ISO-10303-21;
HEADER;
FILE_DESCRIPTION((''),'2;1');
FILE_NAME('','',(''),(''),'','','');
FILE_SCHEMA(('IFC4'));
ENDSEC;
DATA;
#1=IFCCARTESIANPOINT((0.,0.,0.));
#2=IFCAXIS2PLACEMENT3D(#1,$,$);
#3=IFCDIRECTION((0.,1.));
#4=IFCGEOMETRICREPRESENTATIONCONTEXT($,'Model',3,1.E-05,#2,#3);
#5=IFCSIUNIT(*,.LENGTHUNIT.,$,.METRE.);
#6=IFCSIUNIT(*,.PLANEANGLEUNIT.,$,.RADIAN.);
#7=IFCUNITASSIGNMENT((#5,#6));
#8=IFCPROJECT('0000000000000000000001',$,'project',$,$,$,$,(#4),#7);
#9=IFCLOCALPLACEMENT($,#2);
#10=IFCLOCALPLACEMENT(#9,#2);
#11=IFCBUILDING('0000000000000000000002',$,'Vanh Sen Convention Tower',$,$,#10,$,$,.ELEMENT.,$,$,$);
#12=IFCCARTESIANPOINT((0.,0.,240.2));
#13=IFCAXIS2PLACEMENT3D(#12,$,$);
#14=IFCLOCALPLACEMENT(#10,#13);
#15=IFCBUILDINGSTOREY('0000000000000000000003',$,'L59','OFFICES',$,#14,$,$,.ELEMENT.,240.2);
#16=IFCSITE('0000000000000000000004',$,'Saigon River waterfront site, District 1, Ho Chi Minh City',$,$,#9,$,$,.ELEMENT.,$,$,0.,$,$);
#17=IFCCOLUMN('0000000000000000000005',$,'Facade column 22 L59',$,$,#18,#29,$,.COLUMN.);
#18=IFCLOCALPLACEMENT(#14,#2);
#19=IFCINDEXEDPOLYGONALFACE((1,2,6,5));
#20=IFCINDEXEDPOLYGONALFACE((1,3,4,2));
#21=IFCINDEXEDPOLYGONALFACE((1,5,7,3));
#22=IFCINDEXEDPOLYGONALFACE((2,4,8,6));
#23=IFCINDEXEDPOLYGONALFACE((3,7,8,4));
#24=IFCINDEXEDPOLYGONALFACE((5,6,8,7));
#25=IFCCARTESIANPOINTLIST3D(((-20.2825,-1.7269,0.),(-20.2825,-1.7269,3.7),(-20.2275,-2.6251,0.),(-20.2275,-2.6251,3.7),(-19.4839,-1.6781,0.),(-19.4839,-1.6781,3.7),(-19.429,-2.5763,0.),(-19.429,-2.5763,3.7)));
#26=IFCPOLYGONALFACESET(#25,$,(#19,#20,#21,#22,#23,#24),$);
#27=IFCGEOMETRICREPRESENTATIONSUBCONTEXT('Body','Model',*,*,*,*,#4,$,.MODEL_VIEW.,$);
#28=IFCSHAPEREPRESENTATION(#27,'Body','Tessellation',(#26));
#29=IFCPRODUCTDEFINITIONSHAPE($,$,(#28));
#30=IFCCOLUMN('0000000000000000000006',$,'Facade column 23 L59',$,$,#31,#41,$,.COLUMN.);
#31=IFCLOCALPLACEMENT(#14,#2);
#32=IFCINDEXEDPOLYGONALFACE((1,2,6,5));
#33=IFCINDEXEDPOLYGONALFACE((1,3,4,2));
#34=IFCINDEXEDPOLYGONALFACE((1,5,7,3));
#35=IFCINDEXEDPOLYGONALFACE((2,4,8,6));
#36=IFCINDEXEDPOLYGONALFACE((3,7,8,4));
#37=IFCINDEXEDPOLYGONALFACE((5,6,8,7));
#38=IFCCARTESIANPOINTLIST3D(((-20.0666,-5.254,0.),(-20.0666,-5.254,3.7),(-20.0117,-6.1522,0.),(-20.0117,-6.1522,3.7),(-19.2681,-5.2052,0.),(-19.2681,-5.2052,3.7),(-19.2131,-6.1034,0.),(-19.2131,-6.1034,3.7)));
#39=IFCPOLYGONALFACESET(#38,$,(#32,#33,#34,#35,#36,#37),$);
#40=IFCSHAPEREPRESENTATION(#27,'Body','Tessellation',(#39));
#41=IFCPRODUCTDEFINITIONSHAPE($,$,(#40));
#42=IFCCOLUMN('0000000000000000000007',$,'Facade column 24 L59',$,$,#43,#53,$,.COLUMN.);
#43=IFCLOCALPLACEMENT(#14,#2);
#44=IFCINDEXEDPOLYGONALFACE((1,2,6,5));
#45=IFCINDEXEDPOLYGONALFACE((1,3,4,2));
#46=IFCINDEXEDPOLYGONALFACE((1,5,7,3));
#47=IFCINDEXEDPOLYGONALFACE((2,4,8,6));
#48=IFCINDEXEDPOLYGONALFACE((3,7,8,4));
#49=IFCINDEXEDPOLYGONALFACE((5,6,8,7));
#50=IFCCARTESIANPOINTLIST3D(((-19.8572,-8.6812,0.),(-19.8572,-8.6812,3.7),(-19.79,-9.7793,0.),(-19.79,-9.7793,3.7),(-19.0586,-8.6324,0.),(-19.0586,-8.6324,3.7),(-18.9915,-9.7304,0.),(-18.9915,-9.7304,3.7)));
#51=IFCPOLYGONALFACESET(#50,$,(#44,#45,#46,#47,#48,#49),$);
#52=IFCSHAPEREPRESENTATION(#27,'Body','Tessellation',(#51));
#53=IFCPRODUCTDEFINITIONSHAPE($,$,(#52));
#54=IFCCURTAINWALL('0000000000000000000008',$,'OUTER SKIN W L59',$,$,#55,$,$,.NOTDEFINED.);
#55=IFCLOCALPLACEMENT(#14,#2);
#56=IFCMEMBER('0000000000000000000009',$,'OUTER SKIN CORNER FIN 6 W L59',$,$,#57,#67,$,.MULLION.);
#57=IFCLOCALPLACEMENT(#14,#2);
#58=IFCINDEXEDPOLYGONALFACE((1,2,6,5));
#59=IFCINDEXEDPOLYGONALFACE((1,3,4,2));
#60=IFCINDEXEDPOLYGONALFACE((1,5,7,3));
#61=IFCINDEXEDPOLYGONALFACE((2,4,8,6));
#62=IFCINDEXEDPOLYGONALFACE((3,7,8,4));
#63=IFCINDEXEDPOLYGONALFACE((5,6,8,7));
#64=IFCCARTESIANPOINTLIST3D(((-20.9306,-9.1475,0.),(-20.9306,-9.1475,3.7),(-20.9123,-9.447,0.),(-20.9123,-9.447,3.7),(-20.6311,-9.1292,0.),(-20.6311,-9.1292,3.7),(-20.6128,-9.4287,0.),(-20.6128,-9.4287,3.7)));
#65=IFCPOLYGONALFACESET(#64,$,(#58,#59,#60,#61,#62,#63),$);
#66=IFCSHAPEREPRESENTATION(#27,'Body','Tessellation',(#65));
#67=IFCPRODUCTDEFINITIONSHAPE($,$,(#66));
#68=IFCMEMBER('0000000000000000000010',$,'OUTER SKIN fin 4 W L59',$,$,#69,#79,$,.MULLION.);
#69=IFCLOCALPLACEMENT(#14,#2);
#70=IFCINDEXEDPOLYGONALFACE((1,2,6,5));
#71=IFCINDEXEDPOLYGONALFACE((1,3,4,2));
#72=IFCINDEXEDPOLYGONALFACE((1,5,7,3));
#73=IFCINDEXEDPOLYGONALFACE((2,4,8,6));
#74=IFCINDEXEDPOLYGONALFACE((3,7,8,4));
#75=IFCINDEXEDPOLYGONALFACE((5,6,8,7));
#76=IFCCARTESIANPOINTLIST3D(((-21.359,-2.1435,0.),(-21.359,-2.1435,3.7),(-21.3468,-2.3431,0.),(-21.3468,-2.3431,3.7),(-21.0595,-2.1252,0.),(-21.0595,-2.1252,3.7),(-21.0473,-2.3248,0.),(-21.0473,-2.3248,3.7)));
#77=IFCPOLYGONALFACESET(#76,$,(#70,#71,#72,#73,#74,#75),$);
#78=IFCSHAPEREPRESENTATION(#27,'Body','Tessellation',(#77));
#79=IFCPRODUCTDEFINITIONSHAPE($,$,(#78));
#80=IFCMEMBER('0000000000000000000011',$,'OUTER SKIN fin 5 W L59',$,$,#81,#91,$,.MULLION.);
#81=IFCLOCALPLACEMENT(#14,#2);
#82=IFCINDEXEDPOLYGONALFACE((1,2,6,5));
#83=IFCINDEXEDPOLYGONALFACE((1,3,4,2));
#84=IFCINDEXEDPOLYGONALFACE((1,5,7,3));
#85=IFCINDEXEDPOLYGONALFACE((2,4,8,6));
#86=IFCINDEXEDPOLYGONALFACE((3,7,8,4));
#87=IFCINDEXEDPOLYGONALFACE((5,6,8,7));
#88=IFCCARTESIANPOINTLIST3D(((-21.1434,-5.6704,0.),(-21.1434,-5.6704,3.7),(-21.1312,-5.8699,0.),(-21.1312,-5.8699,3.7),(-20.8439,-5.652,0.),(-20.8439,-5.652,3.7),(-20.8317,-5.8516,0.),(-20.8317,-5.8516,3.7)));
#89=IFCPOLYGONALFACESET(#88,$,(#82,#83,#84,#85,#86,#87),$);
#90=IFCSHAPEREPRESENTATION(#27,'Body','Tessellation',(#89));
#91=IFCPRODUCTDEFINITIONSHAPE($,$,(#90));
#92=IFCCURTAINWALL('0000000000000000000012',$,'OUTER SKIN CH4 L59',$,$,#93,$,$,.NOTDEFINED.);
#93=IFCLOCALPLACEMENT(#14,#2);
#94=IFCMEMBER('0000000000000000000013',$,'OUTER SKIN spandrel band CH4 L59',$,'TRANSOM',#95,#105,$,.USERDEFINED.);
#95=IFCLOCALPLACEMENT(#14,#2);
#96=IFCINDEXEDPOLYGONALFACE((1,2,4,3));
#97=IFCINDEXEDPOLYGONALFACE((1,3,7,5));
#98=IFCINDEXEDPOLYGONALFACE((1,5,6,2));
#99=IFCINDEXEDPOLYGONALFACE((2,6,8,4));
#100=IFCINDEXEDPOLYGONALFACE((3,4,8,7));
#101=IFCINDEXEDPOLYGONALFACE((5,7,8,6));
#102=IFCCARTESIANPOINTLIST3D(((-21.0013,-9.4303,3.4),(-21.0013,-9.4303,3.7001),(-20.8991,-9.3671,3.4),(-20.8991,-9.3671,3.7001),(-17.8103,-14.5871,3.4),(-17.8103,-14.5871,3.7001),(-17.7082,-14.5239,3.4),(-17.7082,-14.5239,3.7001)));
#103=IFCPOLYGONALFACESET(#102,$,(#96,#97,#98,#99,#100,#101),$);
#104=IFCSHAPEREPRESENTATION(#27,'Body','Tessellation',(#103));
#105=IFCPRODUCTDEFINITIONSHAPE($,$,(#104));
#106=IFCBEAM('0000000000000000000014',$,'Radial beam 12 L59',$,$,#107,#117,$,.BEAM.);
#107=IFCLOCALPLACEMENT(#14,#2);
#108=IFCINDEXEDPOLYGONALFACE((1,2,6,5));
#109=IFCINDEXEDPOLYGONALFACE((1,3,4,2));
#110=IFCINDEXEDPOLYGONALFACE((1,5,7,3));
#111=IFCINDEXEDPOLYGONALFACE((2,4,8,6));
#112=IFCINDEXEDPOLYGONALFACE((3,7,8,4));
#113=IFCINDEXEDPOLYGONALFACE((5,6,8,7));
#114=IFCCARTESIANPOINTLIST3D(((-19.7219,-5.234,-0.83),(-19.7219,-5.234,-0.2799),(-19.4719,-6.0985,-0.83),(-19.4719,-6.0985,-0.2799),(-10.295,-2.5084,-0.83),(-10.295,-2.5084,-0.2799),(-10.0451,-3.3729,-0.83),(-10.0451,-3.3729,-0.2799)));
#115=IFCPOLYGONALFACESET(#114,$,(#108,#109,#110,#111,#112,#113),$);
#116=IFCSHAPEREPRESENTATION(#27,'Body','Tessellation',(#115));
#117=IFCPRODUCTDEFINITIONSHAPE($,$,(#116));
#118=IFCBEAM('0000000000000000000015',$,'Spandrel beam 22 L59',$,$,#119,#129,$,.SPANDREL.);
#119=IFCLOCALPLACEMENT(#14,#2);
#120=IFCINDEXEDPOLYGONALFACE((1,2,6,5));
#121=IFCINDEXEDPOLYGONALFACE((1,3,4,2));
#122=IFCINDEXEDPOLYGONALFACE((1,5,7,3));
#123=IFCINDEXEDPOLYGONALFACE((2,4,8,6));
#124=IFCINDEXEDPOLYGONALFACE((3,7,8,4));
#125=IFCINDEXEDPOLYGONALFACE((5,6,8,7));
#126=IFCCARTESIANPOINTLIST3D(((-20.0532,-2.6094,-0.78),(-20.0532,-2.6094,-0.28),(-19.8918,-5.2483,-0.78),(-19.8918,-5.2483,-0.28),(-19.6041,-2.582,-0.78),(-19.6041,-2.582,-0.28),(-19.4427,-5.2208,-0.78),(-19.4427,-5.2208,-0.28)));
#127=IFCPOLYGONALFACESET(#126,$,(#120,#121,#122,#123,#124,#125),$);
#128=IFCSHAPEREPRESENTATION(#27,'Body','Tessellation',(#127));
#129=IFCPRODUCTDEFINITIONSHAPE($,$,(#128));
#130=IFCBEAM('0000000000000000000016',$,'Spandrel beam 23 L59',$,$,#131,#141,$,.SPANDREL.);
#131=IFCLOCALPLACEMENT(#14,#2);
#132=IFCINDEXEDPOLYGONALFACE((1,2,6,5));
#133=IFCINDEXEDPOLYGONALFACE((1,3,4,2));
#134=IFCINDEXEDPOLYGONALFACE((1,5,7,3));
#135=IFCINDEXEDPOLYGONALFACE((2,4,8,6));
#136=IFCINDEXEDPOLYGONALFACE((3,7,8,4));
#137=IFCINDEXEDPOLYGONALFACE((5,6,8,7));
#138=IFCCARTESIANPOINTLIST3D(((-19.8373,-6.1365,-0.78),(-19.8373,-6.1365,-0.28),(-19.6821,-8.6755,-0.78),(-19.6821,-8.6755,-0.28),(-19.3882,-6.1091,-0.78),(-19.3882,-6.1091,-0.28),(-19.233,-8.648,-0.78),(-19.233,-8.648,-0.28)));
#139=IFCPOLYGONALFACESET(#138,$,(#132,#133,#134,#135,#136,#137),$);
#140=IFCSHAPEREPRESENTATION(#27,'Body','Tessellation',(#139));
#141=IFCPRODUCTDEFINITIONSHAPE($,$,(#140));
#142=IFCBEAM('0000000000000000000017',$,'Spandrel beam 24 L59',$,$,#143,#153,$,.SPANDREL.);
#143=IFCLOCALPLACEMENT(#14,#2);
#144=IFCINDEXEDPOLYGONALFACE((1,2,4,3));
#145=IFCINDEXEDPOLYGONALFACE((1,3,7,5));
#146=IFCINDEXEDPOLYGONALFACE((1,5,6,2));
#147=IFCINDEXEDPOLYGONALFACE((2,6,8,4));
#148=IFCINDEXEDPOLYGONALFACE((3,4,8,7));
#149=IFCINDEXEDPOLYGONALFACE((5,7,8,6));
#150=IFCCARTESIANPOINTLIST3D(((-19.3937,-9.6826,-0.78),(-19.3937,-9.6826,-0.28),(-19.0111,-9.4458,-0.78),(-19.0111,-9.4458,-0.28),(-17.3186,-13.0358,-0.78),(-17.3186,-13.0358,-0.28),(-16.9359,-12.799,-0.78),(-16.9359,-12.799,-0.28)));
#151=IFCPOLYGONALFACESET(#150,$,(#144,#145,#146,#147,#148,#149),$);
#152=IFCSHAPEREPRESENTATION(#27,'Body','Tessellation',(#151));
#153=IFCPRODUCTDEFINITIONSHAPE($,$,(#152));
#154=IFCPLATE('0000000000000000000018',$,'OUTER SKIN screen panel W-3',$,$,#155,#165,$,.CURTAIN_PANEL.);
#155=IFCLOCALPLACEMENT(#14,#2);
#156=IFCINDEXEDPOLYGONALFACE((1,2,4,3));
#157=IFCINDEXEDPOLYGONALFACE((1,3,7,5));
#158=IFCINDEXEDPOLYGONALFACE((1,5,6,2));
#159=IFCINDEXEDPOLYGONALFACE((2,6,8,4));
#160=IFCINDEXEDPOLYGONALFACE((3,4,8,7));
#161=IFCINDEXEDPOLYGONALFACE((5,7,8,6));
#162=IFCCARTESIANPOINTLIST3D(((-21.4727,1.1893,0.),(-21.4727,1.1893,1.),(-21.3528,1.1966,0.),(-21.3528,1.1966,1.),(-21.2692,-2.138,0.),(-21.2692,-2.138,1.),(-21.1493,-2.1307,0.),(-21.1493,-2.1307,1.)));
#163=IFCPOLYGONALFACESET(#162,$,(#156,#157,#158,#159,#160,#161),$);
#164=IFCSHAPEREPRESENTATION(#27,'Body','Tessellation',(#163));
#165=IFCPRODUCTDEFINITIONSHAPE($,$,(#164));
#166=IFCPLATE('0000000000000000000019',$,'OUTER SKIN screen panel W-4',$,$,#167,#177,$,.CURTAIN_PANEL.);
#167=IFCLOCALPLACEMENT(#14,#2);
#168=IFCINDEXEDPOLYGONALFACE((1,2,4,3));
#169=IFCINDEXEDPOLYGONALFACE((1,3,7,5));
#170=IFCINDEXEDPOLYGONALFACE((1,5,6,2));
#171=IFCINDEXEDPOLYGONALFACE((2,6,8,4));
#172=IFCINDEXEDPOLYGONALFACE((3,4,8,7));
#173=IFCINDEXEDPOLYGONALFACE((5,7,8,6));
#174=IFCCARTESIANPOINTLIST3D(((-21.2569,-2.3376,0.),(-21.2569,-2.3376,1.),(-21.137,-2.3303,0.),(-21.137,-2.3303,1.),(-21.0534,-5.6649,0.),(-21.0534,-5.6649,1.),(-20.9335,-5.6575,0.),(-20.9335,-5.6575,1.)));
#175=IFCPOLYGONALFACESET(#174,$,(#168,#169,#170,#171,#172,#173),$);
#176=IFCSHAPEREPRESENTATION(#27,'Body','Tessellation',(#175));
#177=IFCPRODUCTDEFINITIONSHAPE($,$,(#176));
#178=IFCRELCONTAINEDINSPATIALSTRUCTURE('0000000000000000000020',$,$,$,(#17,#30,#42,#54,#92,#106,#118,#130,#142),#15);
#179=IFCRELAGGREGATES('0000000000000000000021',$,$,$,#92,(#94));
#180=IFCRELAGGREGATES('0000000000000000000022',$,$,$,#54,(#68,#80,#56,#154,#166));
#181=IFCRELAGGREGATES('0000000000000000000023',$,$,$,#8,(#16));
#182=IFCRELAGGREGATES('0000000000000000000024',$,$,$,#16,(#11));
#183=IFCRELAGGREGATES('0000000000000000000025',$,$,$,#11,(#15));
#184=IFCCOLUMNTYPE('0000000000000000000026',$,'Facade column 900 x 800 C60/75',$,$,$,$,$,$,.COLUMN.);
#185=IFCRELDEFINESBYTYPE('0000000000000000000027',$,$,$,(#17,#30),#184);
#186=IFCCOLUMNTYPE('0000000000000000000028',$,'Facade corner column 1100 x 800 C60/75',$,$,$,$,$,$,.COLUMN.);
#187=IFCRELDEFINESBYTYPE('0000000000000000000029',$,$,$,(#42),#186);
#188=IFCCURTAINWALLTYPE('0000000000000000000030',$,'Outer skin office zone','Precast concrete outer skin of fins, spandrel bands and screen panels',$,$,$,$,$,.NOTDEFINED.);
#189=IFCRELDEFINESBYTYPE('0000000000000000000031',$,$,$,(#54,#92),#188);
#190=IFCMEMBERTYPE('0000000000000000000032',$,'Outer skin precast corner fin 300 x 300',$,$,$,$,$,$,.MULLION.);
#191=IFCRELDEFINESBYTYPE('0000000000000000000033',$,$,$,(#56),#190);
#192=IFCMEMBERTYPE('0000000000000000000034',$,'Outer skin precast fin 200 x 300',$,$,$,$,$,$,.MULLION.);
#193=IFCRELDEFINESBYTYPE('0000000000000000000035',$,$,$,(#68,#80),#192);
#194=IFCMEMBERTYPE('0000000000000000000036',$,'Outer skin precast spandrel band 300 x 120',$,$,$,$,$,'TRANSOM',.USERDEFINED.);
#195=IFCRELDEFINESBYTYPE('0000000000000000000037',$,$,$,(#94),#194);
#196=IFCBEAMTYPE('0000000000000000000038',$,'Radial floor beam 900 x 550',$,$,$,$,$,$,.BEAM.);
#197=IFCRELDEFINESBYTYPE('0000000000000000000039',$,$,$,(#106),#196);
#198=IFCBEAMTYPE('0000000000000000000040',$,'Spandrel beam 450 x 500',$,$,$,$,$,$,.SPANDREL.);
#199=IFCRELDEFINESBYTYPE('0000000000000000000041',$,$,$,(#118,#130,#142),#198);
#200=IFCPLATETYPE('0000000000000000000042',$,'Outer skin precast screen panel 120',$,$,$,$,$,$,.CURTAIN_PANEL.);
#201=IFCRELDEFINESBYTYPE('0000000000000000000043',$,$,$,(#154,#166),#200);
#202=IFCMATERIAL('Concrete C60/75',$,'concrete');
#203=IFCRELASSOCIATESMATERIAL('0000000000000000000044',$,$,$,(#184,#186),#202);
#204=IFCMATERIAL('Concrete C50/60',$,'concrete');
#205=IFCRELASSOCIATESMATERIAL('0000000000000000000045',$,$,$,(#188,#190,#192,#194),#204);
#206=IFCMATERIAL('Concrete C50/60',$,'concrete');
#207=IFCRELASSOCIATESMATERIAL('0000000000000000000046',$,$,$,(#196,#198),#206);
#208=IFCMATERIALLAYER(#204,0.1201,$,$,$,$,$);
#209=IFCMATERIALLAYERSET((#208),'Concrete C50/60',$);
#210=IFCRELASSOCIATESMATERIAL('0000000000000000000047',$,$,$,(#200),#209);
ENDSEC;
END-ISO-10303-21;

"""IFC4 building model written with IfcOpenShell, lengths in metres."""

from ifc_helpers import new_model, si_unit, direction, frame, origin, origin_2d, place, context, subcontext, project, spatial, rectangle, extrude, material, layer, layer_set, material_profile, profile_set, type_object, element, aggregate, save


model = new_model("IFC4")

# Units and contexts
model_context = context("Model", 3, precision=1e-05, world=origin(), true_north=direction((0.0, 1.0)))
body_context = subcontext(model_context, "Body", "Model", "MODEL_VIEW")
ifc_project = project(units=[si_unit("LENGTHUNIT", "METRE"), si_unit("PLANEANGLEUNIT", "RADIAN")], contexts=[model_context])

# Site, building, storey
site_placement = place(None, origin())
site = spatial("IfcSite", under=ifc_project, at=site_placement, Name="Saigon River waterfront site, District 1, Ho Chi Minh City", CompositionType="ELEMENT", RefElevation=0.0)
building_placement = place(site_placement, origin())
building = spatial("IfcBuilding", under=site, at=building_placement, Name="Vanh Sen Convention Tower", CompositionType="ELEMENT")
storey_placement = place(building_placement, frame((0.0, 0.0, 240.2)))
storey = spatial("IfcBuildingStorey", under=building, at=storey_placement, Name="L59", Description="OFFICES", CompositionType="ELEMENT", Elevation=240.2)

# Columns
ifc_material_1 = material(Name="Concrete C60/75", Category="concrete")
ifc_material_profile_1 = material_profile(ifc_material_1, rectangle(XDim=0.8999, YDim=0.8, at=origin_2d()), Name="RC 900X800")
ifc_profile_set_1 = profile_set([ifc_material_profile_1], Name="Concrete C60/75")
column_type_1 = type_object("IfcColumnType", Name="Facade column 900 x 800 C60/75", PredefinedType="COLUMN", material=ifc_profile_set_1)
for number, where, z_axis, x_axis, name in (
    (1, (-19.8557, -2.1516, 0.0), (0.0, 0.0, 1.0), (0.061049, -0.998135, 0.0), "Facade column 22 L59"),
    (2, (-19.6399, -5.6787, 0.0), (0.0, 0.0, 1.0), (0.061049, -0.998135, 0.0), "Facade column 23 L59"),
):
    element("IfcColumn", number, at=place(storey_placement, frame(where, z_axis=z_axis, x_axis=x_axis)), inside=storey, type_object=column_type_1, Name=name, PredefinedType="COLUMN", context=body_context, shape_type="SweptSolid", body=[
        extrude(rectangle(XDim=0.8999, YDim=0.8, at=origin_2d()), origin(), (0.0, 0.0, 1.0), 3.7),
    ])
ifc_material_profile_2 = material_profile(ifc_material_1, rectangle(XDim=1.1001, YDim=0.8, at=origin_2d()), Name="RC 1100X800")
ifc_profile_set_2 = profile_set([ifc_material_profile_2], Name="Concrete C60/75")
column_type_2 = type_object("IfcColumnType", Name="Facade corner column 1100 x 800 C60/75", PredefinedType="COLUMN", material=ifc_profile_set_2)
column_placement = place(storey_placement, frame((-19.4243, -9.2058, 0.0), z_axis=(0.0, 0.0, 1.0), x_axis=(0.061049, -0.998135, 0.0)))
element("IfcColumn", 3, at=column_placement, inside=storey, type_object=column_type_2, Name="Facade column 24 L59", PredefinedType="COLUMN", context=body_context, shape_type="SweptSolid", body=[
    extrude(rectangle(XDim=1.1001, YDim=0.8, at=origin_2d()), origin(), (0.0, 0.0, 1.0), 3.7),
])

# Curtain wall, members
ifc_material_2 = material(Name="Concrete C50/60", Category="concrete")
curtain_wall_type = type_object("IfcCurtainWallType", Name="Outer skin office zone", Description="Precast concrete outer skin of fins, spandrel bands and screen panels", PredefinedType="NOTDEFINED", material=ifc_material_2)
curtain_wall_1_placement = place(storey_placement, origin())
curtain_wall_1 = element("IfcCurtainWall", 4, at=curtain_wall_1_placement, inside=storey, type_object=curtain_wall_type, Name="OUTER SKIN W L59", PredefinedType="NOTDEFINED")
ifc_material_profile_3 = material_profile(ifc_material_2, rectangle(XDim=0.3, YDim=0.3, at=origin_2d()), Name="Outer skin precast corner fin 300 x 300")
ifc_profile_set_3 = profile_set([ifc_material_profile_3], Name="Concrete C50/60")
member_type_1 = type_object("IfcMemberType", Name="Outer skin precast corner fin 300 x 300", PredefinedType="MULLION", material=ifc_profile_set_3)
member_1_placement = place(storey_placement, frame((-20.7717, -9.2881, 0.0), z_axis=(0.0, 0.0, 1.0), x_axis=(0.061049, -0.998135, 0.0)))
member_1 = element("IfcMember", 5, at=member_1_placement, type_object=member_type_1, Name="OUTER SKIN CORNER FIN 6 W L59", PredefinedType="MULLION", context=body_context, shape_type="SweptSolid", body=[
    extrude(rectangle(XDim=0.3, YDim=0.3, at=origin_2d()), origin(), (0.0, 0.0, 1.0), 3.7),
])
ifc_material_profile_4 = material_profile(ifc_material_2, rectangle(XDim=0.2, YDim=0.3, at=origin_2d()), Name="Outer skin precast fin 200 x 300")
ifc_profile_set_4 = profile_set([ifc_material_profile_4], Name="Concrete C50/60")
member_type_2 = type_object("IfcMemberType", Name="Outer skin precast fin 200 x 300", PredefinedType="MULLION", material=ifc_profile_set_4)
member_2_placement = place(storey_placement, frame((-21.2031, -2.2341, 0.0), z_axis=(0.0, 0.0, 1.0), x_axis=(0.061049, -0.998135, 0.0)))
member_2 = element("IfcMember", 6, at=member_2_placement, type_object=member_type_2, Name="OUTER SKIN fin 4 W L59", PredefinedType="MULLION", context=body_context, shape_type="SweptSolid", body=[
    extrude(rectangle(XDim=0.2, YDim=0.3, at=origin_2d()), origin(), (0.0, 0.0, 1.0), 3.7),
])
member_3_placement = place(storey_placement, frame((-20.9875, -5.761, 0.0), z_axis=(0.0, 0.0, 1.0), x_axis=(0.061049, -0.998135, 0.0)))
member_3 = element("IfcMember", 7, at=member_3_placement, type_object=member_type_2, Name="OUTER SKIN fin 5 W L59", PredefinedType="MULLION", context=body_context, shape_type="SweptSolid", body=[
    extrude(rectangle(XDim=0.2, YDim=0.3, at=origin_2d()), origin(), (0.0, 0.0, 1.0), 3.7),
])

# Curtain wall, member
curtain_wall_2_placement = place(storey_placement, origin())
curtain_wall_2 = element("IfcCurtainWall", 8, at=curtain_wall_2_placement, inside=storey, type_object=curtain_wall_type, Name="OUTER SKIN CH4 L59", PredefinedType="NOTDEFINED")
ifc_material_profile_5 = material_profile(ifc_material_2, rectangle(XDim=0.1201, YDim=0.3, at=origin_2d()), Name="Outer skin precast spandrel band 300 x 120")
ifc_profile_set_5 = profile_set([ifc_material_profile_5], Name="Concrete C50/60")
member_type_3 = type_object("IfcMemberType", Name="Outer skin precast spandrel band 300 x 120", ElementType="TRANSOM", PredefinedType="USERDEFINED", material=ifc_profile_set_5)
member_4_placement = place(storey_placement, frame((-20.9502, -9.3987, 3.55), z_axis=(0.526194, -0.850365, 0.0), x_axis=(0.850365, 0.526194, 0.0)))
member_4 = element("IfcMember", 9, at=member_4_placement, type_object=member_type_3, Name="OUTER SKIN spandrel band CH4 L59", ObjectType="TRANSOM", PredefinedType="USERDEFINED", context=body_context, shape_type="SweptSolid", body=[
    extrude(rectangle(XDim=0.1201, YDim=0.3, at=origin_2d()), origin(), (0.0, 0.0, 1.0), 6.0642),
])
aggregate(curtain_wall_2, [member_4])

# Beams
ifc_material_3 = material(Name="Concrete C50/60", Category="concrete")
ifc_material_profile_6 = material_profile(ifc_material_3, rectangle(XDim=0.8999, YDim=0.55, at=origin_2d()), Name="RC 900X550")
ifc_profile_set_6 = profile_set([ifc_material_profile_6], Name="Concrete C50/60")
beam_type_1 = type_object("IfcBeamType", Name="Radial floor beam 900 x 550", PredefinedType="BEAM", material=ifc_profile_set_6)
beam_1_placement = place(storey_placement, frame((-19.5969, -5.6663, -0.5549), z_axis=(0.960652, 0.277756, 0.0), x_axis=(-0.277756, 0.960652, 0.0)))
element("IfcBeam", 10, at=beam_1_placement, inside=storey, type_object=beam_type_1, Name="Radial beam 12 L59", PredefinedType="BEAM", context=body_context, shape_type="SweptSolid", body=[
    extrude(rectangle(XDim=0.8999, YDim=0.55, at=origin_2d()), origin(), (0.0, 0.0, 1.0), 9.813),
])
ifc_material_profile_7 = material_profile(ifc_material_3, rectangle(XDim=0.45, YDim=0.5, at=origin_2d()), Name="RC 450X500")
ifc_profile_set_7 = profile_set([ifc_material_profile_7], Name="Concrete C50/60")
beam_type_2 = type_object("IfcBeamType", Name="Spandrel beam 450 x 500", PredefinedType="SPANDREL", material=ifc_profile_set_7)
beam_2_placement = place(storey_placement, frame((-19.8286, -2.5957, -0.53), z_axis=(0.061039, -0.998135, 0.0), x_axis=(0.998135, 0.061039, 0.0)))
element("IfcBeam", 11, at=beam_2_placement, inside=storey, type_object=beam_type_2, Name="Spandrel beam 22 L59", PredefinedType="SPANDREL", context=body_context, shape_type="SweptSolid", body=[
    extrude(rectangle(XDim=0.45, YDim=0.5, at=origin_2d()), origin(), (0.0, 0.0, 1.0), 2.6438),
])
beam_3_placement = place(storey_placement, frame((-19.6128, -6.1228, -0.53), z_axis=(0.06104, -0.998135, 0.0), x_axis=(0.998135, 0.06104, 0.0)))
element("IfcBeam", 12, at=beam_3_placement, inside=storey, type_object=beam_type_2, Name="Spandrel beam 23 L59", PredefinedType="SPANDREL", context=body_context, shape_type="SweptSolid", body=[
    extrude(rectangle(XDim=0.45, YDim=0.5, at=origin_2d()), origin(), (0.0, 0.0, 1.0), 2.5437),
])
beam_4_placement = place(storey_placement, frame((-19.2024, -9.5642, -0.53), z_axis=(0.526237, -0.850338, 0.0), x_axis=(0.850338, 0.526237, 0.0)))
element("IfcBeam", 13, at=beam_4_placement, inside=storey, type_object=beam_type_2, Name="Spandrel beam 24 L59", PredefinedType="SPANDREL", context=body_context, shape_type="SweptSolid", body=[
    extrude(rectangle(XDim=0.45, YDim=0.5, at=origin_2d()), origin(), (0.0, 0.0, 1.0), 3.9434),
])

# Plates
ifc_layer_1 = layer(ifc_material_2, 0.1201)
ifc_layer_set_1 = layer_set([ifc_layer_1], Name="Concrete C50/60")
plate_type = type_object("IfcPlateType", Name="Outer skin precast screen panel 120", PredefinedType="CURTAIN_PANEL", material=ifc_layer_set_1)
plate_1_placement = place(storey_placement, frame((-21.311, -0.4707, 0.0), z_axis=(0.0, 0.0, 1.0), x_axis=(0.061043, -0.998135, 0.0)))
plate_1 = element("IfcPlate", 14, at=plate_1_placement, type_object=plate_type, Name="OUTER SKIN screen panel W-3", PredefinedType="CURTAIN_PANEL", context=body_context, shape_type="SweptSolid", body=[
    extrude(rectangle(XDim=3.3335, YDim=0.1201, at=origin_2d()), origin(), (0.0, 0.0, 1.0), 1.0),
])
plate_2_placement = place(storey_placement, frame((-21.0952, -3.9976, 0.0), z_axis=(0.0, 0.0, 1.0), x_axis=(0.061043, -0.998135, 0.0)))
plate_2 = element("IfcPlate", 15, at=plate_2_placement, type_object=plate_type, Name="OUTER SKIN screen panel W-4", PredefinedType="CURTAIN_PANEL", context=body_context, shape_type="SweptSolid", body=[
    extrude(rectangle(XDim=3.3335, YDim=0.1201, at=origin_2d()), origin(), (0.0, 0.0, 1.0), 1.0),
])
aggregate(curtain_wall_1, [member_2, member_3, member_1, plate_1, plate_2])

save(model, "model.ifc")
